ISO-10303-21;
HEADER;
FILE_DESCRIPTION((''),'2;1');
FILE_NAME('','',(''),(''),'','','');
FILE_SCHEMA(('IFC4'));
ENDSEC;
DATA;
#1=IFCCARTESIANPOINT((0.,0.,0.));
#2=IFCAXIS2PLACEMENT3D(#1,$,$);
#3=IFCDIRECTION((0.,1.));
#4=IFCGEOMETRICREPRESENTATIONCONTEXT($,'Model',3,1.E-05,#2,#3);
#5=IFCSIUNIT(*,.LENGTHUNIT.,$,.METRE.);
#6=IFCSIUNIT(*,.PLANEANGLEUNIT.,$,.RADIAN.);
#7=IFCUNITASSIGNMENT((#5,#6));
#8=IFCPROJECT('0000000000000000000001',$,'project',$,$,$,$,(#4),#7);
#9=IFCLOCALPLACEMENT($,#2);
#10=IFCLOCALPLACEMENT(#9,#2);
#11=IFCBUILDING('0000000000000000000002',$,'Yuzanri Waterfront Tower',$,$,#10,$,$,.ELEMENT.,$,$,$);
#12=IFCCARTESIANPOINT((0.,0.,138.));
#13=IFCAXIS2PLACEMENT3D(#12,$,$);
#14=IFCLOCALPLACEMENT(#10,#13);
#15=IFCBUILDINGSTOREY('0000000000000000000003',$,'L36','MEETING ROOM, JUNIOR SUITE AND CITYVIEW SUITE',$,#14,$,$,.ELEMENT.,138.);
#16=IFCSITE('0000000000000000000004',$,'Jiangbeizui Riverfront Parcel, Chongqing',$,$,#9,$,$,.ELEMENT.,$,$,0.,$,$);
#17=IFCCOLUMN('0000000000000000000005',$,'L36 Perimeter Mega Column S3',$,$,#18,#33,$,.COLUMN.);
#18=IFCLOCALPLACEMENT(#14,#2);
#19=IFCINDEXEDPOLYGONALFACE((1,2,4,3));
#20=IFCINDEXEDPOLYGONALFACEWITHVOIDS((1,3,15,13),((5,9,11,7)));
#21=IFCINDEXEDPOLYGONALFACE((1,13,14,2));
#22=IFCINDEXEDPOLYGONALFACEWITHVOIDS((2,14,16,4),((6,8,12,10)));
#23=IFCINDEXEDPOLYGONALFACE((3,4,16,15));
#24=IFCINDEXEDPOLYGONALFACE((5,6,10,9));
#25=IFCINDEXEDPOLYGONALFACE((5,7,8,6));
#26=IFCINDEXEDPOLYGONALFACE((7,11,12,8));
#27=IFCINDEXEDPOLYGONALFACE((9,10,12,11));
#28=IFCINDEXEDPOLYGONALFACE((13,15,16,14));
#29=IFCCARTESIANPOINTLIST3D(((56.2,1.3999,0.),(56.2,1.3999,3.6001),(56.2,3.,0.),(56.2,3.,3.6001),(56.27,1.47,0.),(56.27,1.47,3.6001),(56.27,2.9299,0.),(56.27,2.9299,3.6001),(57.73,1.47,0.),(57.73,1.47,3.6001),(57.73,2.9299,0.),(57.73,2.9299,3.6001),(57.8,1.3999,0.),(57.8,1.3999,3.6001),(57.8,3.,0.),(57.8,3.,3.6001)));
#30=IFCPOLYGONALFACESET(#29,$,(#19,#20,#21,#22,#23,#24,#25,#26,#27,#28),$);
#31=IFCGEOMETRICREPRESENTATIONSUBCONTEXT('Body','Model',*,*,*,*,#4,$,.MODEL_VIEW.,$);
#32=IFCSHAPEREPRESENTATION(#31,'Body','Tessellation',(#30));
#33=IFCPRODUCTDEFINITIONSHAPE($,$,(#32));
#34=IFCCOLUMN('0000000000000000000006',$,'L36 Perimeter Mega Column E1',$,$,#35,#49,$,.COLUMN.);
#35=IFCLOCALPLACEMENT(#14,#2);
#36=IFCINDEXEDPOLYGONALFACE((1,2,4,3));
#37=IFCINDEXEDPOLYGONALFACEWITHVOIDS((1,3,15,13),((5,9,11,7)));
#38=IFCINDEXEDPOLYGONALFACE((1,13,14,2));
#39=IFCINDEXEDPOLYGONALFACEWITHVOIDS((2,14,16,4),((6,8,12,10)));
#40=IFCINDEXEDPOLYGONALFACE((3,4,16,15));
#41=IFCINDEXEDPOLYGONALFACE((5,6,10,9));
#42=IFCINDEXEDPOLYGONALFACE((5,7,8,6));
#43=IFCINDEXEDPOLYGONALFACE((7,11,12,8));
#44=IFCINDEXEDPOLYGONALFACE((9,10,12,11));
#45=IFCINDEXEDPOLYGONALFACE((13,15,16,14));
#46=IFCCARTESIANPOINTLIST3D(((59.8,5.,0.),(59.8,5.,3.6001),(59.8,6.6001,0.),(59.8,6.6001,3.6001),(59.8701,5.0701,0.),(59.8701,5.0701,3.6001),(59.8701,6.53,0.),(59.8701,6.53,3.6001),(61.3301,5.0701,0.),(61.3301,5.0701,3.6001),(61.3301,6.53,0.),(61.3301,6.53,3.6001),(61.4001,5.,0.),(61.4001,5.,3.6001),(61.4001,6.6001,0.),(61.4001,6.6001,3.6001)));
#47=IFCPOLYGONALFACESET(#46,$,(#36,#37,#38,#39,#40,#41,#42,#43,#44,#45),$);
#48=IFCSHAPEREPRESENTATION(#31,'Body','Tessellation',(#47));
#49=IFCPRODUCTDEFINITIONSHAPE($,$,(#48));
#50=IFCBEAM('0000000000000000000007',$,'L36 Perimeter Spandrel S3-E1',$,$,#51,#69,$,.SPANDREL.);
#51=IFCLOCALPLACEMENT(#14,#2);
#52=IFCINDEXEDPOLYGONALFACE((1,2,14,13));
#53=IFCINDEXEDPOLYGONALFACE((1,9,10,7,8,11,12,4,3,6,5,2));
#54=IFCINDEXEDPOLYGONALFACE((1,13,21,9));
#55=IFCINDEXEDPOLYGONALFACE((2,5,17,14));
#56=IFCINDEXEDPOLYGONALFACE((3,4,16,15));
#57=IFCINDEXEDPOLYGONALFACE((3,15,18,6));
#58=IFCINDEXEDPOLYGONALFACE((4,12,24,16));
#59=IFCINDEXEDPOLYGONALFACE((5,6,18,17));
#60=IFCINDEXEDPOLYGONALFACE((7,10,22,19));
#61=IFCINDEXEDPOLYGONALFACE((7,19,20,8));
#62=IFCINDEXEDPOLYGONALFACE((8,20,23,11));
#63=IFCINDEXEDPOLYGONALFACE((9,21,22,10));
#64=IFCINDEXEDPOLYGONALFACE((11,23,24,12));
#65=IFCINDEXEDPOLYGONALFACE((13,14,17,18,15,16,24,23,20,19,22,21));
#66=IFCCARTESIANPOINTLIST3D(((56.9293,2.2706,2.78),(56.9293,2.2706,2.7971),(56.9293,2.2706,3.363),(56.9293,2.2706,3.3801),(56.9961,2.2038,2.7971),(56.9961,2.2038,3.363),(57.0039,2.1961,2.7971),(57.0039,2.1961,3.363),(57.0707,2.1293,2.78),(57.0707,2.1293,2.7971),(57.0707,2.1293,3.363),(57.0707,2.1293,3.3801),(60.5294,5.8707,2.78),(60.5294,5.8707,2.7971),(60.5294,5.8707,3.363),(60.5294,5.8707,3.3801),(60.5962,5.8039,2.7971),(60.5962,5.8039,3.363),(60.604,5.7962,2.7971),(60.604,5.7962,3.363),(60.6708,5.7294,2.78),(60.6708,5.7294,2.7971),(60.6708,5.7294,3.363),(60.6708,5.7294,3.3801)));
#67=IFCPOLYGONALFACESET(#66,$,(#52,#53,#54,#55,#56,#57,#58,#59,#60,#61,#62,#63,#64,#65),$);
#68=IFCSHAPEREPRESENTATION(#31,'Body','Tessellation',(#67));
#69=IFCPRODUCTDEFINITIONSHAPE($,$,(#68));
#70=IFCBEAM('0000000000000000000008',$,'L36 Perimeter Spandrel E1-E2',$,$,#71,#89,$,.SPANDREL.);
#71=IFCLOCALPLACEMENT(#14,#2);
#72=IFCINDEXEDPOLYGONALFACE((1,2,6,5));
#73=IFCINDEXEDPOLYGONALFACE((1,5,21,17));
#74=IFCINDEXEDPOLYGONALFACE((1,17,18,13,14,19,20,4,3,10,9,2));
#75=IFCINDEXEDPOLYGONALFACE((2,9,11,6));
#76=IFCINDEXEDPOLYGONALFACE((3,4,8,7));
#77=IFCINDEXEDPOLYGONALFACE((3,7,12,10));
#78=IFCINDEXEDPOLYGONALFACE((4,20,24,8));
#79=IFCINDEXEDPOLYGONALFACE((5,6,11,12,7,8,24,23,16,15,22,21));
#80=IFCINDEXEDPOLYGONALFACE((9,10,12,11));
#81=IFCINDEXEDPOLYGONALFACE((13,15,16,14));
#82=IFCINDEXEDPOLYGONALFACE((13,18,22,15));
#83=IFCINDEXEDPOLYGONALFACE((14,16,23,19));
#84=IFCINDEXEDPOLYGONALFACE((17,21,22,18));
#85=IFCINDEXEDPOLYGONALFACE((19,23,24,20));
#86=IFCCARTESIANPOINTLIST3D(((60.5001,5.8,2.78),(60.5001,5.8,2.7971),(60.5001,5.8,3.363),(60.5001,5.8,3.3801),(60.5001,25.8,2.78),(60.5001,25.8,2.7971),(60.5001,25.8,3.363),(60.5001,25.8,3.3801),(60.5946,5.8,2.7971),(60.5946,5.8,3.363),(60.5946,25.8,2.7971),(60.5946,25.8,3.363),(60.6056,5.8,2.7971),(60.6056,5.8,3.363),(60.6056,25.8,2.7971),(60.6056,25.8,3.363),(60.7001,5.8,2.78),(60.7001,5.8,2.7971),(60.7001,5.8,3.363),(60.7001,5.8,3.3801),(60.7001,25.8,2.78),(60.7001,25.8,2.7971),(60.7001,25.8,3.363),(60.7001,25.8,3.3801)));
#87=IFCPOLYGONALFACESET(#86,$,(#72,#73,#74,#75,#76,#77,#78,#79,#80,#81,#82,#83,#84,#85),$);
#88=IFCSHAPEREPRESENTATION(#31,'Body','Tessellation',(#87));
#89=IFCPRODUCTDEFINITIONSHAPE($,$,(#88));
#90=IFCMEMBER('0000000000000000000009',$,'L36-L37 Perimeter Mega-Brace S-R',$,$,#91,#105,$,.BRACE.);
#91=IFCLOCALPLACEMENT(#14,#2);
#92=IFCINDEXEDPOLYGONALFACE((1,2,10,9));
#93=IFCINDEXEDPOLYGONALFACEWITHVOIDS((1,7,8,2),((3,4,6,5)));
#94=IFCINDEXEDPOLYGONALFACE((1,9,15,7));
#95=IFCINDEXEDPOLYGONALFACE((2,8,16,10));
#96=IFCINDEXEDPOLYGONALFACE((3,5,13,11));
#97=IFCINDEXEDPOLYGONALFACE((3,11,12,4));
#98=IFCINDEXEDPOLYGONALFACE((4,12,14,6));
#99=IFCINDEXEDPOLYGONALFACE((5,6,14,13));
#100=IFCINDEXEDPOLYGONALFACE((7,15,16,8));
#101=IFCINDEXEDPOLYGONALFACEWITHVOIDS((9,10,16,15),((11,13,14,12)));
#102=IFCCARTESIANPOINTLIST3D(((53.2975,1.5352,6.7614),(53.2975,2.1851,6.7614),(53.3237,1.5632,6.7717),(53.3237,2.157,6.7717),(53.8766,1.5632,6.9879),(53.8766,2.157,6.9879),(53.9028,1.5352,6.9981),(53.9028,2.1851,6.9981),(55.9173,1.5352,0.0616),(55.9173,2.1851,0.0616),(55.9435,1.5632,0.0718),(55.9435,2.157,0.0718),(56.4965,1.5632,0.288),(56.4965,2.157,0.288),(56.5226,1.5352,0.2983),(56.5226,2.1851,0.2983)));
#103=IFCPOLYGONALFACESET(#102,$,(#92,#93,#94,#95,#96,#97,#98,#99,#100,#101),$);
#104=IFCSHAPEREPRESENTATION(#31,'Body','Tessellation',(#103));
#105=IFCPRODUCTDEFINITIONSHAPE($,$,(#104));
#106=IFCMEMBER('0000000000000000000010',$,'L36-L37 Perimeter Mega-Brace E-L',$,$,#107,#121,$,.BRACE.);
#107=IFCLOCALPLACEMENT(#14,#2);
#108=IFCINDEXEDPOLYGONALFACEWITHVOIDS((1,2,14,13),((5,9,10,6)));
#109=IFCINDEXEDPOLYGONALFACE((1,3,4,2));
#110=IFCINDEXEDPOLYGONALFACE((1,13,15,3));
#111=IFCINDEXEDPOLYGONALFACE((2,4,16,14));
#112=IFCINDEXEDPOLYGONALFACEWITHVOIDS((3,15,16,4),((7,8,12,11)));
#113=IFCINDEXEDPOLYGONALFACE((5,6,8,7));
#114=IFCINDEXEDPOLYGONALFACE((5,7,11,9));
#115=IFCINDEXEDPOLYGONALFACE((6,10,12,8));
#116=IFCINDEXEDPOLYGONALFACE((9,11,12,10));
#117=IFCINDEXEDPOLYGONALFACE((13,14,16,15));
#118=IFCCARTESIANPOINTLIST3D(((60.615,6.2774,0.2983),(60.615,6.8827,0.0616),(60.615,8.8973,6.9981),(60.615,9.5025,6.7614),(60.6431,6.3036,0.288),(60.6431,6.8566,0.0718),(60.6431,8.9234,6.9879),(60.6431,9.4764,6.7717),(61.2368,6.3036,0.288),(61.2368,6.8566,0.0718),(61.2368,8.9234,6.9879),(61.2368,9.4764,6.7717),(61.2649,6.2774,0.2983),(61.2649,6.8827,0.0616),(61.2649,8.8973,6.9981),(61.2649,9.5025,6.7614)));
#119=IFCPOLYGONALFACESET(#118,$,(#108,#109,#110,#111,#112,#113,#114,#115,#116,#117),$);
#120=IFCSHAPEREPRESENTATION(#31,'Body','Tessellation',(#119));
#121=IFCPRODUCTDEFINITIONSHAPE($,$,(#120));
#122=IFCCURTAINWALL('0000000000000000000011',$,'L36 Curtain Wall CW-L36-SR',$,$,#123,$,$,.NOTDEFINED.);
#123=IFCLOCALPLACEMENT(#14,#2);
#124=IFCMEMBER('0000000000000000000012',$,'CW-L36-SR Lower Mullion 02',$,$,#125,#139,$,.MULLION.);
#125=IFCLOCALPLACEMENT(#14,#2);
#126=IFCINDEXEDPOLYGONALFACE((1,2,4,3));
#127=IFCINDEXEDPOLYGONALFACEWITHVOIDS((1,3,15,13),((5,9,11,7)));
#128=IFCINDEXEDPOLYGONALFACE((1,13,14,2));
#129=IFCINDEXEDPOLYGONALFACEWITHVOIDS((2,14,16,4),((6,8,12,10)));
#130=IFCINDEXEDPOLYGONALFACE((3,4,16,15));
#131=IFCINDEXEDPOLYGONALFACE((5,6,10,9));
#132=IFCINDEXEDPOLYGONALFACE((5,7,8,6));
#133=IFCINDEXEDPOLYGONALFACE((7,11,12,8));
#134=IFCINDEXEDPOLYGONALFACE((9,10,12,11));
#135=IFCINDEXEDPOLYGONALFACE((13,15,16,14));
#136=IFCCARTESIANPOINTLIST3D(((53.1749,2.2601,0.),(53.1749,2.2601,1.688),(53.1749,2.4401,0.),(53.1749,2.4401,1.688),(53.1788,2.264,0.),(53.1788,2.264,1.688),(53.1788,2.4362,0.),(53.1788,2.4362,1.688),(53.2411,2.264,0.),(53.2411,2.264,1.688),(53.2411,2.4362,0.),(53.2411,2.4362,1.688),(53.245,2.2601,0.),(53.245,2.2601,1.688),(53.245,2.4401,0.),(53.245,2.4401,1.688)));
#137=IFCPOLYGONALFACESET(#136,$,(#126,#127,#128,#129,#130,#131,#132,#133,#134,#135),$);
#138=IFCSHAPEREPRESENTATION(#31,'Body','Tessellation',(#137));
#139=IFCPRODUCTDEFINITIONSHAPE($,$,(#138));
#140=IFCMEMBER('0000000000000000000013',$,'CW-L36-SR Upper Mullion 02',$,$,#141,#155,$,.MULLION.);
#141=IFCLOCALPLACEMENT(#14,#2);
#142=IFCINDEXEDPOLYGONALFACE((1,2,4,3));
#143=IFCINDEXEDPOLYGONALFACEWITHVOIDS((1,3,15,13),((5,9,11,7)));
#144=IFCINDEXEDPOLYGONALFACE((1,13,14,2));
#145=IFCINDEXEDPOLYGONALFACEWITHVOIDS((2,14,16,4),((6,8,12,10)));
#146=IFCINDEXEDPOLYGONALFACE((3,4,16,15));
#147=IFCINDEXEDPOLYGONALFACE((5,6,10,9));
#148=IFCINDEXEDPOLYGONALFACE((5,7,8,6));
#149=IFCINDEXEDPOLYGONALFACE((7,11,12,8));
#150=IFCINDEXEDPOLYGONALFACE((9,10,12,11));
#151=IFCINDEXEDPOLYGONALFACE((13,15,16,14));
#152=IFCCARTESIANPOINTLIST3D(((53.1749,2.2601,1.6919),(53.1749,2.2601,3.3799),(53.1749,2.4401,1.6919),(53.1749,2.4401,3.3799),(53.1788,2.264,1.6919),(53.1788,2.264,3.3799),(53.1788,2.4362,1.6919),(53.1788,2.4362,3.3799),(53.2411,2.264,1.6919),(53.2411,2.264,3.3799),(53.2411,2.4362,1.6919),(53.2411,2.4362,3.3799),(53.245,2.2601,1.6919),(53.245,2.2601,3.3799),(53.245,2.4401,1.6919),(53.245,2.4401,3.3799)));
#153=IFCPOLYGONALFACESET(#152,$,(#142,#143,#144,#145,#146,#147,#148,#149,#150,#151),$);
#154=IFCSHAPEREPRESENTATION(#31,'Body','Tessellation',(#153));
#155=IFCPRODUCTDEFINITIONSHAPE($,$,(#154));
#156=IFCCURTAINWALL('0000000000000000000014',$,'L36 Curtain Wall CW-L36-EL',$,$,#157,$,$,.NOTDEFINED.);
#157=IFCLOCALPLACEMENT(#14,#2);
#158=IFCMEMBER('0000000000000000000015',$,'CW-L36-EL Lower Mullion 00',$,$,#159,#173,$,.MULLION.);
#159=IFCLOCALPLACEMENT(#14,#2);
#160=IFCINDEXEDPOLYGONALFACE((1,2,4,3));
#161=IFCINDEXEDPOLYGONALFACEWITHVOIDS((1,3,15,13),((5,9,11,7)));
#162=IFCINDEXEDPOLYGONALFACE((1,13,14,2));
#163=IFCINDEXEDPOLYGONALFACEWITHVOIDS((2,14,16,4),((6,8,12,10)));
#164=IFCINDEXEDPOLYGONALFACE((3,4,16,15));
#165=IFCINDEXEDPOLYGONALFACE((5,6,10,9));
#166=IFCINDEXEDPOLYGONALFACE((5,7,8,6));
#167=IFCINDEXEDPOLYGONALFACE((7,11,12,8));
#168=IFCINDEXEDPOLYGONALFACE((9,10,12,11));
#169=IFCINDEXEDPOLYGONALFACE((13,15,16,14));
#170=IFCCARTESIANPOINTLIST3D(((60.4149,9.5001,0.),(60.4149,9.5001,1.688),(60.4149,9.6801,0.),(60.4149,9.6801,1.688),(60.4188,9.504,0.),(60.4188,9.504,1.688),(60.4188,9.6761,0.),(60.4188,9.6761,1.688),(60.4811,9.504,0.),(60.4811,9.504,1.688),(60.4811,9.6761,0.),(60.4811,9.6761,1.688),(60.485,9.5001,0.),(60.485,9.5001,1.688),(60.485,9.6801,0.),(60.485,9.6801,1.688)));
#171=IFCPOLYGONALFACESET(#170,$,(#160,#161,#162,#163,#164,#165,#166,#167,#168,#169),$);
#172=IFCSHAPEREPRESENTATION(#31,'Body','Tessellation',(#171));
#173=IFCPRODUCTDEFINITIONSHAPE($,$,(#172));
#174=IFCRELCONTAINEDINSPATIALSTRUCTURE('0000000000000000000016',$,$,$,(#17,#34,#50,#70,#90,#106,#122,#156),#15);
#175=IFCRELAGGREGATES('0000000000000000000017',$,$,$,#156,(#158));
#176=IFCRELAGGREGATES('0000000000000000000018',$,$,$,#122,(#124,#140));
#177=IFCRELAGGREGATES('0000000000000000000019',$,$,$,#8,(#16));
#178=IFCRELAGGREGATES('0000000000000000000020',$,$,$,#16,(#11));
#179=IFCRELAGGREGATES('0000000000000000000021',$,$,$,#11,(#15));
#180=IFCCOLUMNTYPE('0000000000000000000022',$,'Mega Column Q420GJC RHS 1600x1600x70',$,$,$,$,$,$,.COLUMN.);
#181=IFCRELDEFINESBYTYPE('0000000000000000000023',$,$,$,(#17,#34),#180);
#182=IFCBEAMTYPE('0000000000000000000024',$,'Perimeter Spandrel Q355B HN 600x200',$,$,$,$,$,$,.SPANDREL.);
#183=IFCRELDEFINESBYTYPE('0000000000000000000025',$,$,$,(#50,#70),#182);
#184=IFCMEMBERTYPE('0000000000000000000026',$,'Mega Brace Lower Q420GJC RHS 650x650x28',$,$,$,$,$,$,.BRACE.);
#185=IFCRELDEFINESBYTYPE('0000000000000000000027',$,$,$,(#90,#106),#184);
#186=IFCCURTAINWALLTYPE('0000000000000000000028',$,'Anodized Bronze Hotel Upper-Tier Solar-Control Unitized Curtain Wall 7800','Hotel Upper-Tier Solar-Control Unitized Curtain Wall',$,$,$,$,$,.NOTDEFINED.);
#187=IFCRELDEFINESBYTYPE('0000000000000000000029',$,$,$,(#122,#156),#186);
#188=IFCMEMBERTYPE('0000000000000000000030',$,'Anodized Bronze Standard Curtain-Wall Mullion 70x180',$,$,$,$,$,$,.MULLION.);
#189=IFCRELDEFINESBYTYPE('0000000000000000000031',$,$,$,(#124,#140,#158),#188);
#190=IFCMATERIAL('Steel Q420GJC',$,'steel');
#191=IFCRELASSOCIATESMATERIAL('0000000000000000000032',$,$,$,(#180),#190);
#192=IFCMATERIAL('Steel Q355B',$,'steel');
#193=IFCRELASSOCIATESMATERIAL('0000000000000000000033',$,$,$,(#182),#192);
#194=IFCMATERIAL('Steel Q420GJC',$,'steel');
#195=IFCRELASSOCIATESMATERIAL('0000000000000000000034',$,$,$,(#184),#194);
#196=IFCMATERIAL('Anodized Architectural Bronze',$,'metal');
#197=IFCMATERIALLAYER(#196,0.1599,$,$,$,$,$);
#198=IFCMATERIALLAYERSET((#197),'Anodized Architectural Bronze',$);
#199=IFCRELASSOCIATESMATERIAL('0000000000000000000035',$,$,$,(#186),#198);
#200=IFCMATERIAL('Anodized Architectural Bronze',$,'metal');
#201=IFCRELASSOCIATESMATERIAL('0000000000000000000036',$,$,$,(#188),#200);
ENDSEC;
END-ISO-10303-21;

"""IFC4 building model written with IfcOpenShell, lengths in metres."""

from ifc_helpers import new_model, si_unit, direction, frame, origin, origin_2d, place, context, subcontext, project, spatial, hollow_rectangle, i_section, extrude, source, transform, mapped, material, layer, layer_set, material_profile, profile_set, type_object, element, aggregate, save


model = new_model("IFC4")

# Units and contexts
model_context = context("Model", 3, precision=1e-05, world=origin(), true_north=direction((0.0, 1.0)))
body_context = subcontext(model_context, "Body", "Model", "MODEL_VIEW")
ifc_project = project(units=[si_unit("LENGTHUNIT", "METRE"), si_unit("PLANEANGLEUNIT", "RADIAN")], contexts=[model_context])

# Site, building, storey
site_placement = place(None, origin())
site = spatial("IfcSite", under=ifc_project, at=site_placement, Name="Jiangbeizui Riverfront Parcel, Chongqing", CompositionType="ELEMENT", RefElevation=0.0)
building_placement = place(site_placement, origin())
building = spatial("IfcBuilding", under=site, at=building_placement, Name="Yuzanri Waterfront Tower", CompositionType="ELEMENT")
storey_placement = place(building_placement, frame((0.0, 0.0, 138.0)))
storey = spatial("IfcBuildingStorey", under=building, at=storey_placement, Name="L36", Description="MEETING ROOM, JUNIOR SUITE AND CITYVIEW SUITE", CompositionType="ELEMENT", Elevation=138.0)

# Columns
ifc_material_1 = material(Name="Steel Q420GJC", Category="steel")
ifc_material_profile_1 = material_profile(ifc_material_1, hollow_rectangle(XDim=1.6001, YDim=1.6001, WallThickness=0.0701, at=origin_2d()), Name="RHS 1600x1600x70")
ifc_profile_set_1 = profile_set([ifc_material_profile_1], Name="Steel Q420GJC")
column_type = type_object("IfcColumnType", Name="Mega Column Q420GJC RHS 1600x1600x70", PredefinedType="COLUMN", material=ifc_profile_set_1)
shared_shape_1 = source(origin(), body_context, "Body", "SweptSolid", [
    extrude(hollow_rectangle(XDim=1.6001, YDim=1.6001, WallThickness=0.0701, at=origin_2d()), origin(), (0.0, 0.0, 1.0), 3.6001),
])
for number, where, z_axis, x_axis, name in (
    (1, (57.0, 2.2, 0.0), (0.0, 0.0, 1.0), (1.0, 0.0, 0.0), "L36 Perimeter Mega Column S3"),
    (2, (60.6001, 5.8, 0.0), (0.0, 0.0, 1.0), (1.0, 0.0, 0.0), "L36 Perimeter Mega Column E1"),
):
    element("IfcColumn", number, at=place(storey_placement, frame(where, z_axis=z_axis, x_axis=x_axis)), inside=storey, type_object=column_type, Name=name, PredefinedType="COLUMN", context=body_context, shape_type="MappedRepresentation", body=[
        mapped(shared_shape_1, transform((0.0, 0.0, 0.0), scale=1.0)),
    ])

# Beams
ifc_material_2 = material(Name="Steel Q355B", Category="steel")
ifc_material_profile_2 = material_profile(ifc_material_2, i_section(OverallWidth=0.2, OverallDepth=0.6001, WebThickness=0.011, FlangeThickness=0.0171, at=origin_2d()), Name="HN 600x200x11x17")
ifc_profile_set_2 = profile_set([ifc_material_profile_2], Name="Steel Q355B")
beam_type = type_object("IfcBeamType", Name="Perimeter Spandrel Q355B HN 600x200", PredefinedType="SPANDREL", material=ifc_profile_set_2)
shared_shape_2 = source(origin(), body_context, "Body", "SweptSolid", [
    extrude(i_section(OverallWidth=0.2, OverallDepth=0.6001, WebThickness=0.011, FlangeThickness=0.0171, at=origin_2d()), origin(), (0.0, 0.0, 1.0), 5.0913),
])
beam_1_placement = place(storey_placement, frame((57.0, 2.2, 3.0801), z_axis=(0.707107, 0.707107, 0.0), x_axis=(-0.707107, 0.707107, 0.0)))
element("IfcBeam", 3, at=beam_1_placement, inside=storey, type_object=beam_type, Name="L36 Perimeter Spandrel S3-E1", PredefinedType="SPANDREL", context=body_context, shape_type="MappedRepresentation", body=[
    mapped(shared_shape_2, transform((0.0, 0.0, 0.0), scale=1.0)),
])
shared_shape_3 = source(origin(), body_context, "Body", "SweptSolid", [
    extrude(i_section(OverallWidth=0.2, OverallDepth=0.6001, WebThickness=0.011, FlangeThickness=0.0171, at=origin_2d()), origin(), (0.0, 0.0, 1.0), 20.0),
])
beam_2_placement = place(storey_placement, frame((60.6001, 5.8, 3.0801), z_axis=(0.0, 1.0, 0.0), x_axis=(-1.0, 0.0, 0.0)))
element("IfcBeam", 4, at=beam_2_placement, inside=storey, type_object=beam_type, Name="L36 Perimeter Spandrel E1-E2", PredefinedType="SPANDREL", context=body_context, shape_type="MappedRepresentation", body=[
    mapped(shared_shape_3, transform((0.0, 0.0, 0.0), scale=1.0)),
])

# Members
ifc_material_3 = material(Name="Steel Q420GJC", Category="steel")
ifc_material_profile_3 = material_profile(ifc_material_3, hollow_rectangle(XDim=0.6499, YDim=0.6499, WallThickness=0.0281, at=origin_2d()), Name="RHS 650x650x28")
ifc_profile_set_3 = profile_set([ifc_material_profile_3], Name="Steel Q420GJC")
member_type_1 = type_object("IfcMemberType", Name="Mega Brace Lower Q420GJC RHS 650x650x28", PredefinedType="BRACE", material=ifc_profile_set_3)
shared_shape_4 = source(origin(), body_context, "Body", "SweptSolid", [
    extrude(hollow_rectangle(XDim=0.6499, YDim=0.6499, WallThickness=0.0281, at=origin_2d()), origin(), (0.0, 0.0, 1.0), 7.1938),
])
for number, where, z_axis, x_axis, name in (
    (5, (56.22, 1.8601, 0.1799), (-0.364177, 0.0, 0.93133), (0.0, -1.0, 0.0), "L36-L37 Perimeter Mega-Brace S-R"),
    (6, (60.9399, 6.5801, 0.1799), (0.0, 0.364177, 0.93133), (-1.0, 0.0, 0.0), "L36-L37 Perimeter Mega-Brace E-L"),
):
    element("IfcMember", number, at=place(storey_placement, frame(where, z_axis=z_axis, x_axis=x_axis)), inside=storey, type_object=member_type_1, Name=name, PredefinedType="BRACE", context=body_context, shape_type="MappedRepresentation", body=[
        mapped(shared_shape_4, transform((0.0, 0.0, 0.0), scale=1.0)),
    ])

# Curtain walls, members
ifc_material_4 = material(Name="Anodized Architectural Bronze", Category="metal")
ifc_layer_1 = layer(ifc_material_4, 0.1599)
ifc_layer_set_1 = layer_set([ifc_layer_1], Name="Anodized Architectural Bronze")
curtain_wall_type = type_object("IfcCurtainWallType", Name="Anodized Bronze Hotel Upper-Tier Solar-Control Unitized Curtain Wall 7800", Description="Hotel Upper-Tier Solar-Control Unitized Curtain Wall", PredefinedType="NOTDEFINED", material=ifc_layer_set_1)
curtain_wall_1_placement = place(storey_placement, origin())
curtain_wall_1 = element("IfcCurtainWall", 7, at=curtain_wall_1_placement, inside=storey, type_object=curtain_wall_type, Name="L36 Curtain Wall CW-L36-SR", PredefinedType="NOTDEFINED")
ifc_material_5 = material(Name="Anodized Architectural Bronze", Category="metal")
ifc_material_profile_4 = material_profile(ifc_material_5, hollow_rectangle(XDim=0.0701, YDim=0.1799, WallThickness=0.0039, at=origin_2d()), Name="CWM 70x180")
ifc_profile_set_4 = profile_set([ifc_material_profile_4], Name="Anodized Architectural Bronze")
member_type_2 = type_object("IfcMemberType", Name="Anodized Bronze Standard Curtain-Wall Mullion 70x180", PredefinedType="MULLION", material=ifc_profile_set_4)
shared_shape_5 = source(origin(), body_context, "Body", "SweptSolid", [
    extrude(hollow_rectangle(XDim=0.0701, YDim=0.1799, WallThickness=0.0039, at=origin_2d()), origin(), (0.0, 0.0, 1.0), 1.688),
])
member_1_placement = place(storey_placement, frame((53.21, 2.3501, 0.0), z_axis=(0.0, 0.0, 1.0), x_axis=(1.0, 0.0, 0.0)))
member_1 = element("IfcMember", 8, at=member_1_placement, type_object=member_type_2, Name="CW-L36-SR Lower Mullion 02", PredefinedType="MULLION", context=body_context, shape_type="MappedRepresentation", body=[
    mapped(shared_shape_5, transform((0.0, 0.0, 0.0), scale=1.0)),
])
member_2_placement = place(storey_placement, frame((53.21, 2.3501, 1.6919), z_axis=(0.0, 0.0, 1.0), x_axis=(1.0, 0.0, 0.0)))
member_2 = element("IfcMember", 9, at=member_2_placement, type_object=member_type_2, Name="CW-L36-SR Upper Mullion 02", PredefinedType="MULLION", context=body_context, shape_type="MappedRepresentation", body=[
    mapped(shared_shape_5, transform((0.0, 0.0, 0.0), scale=1.0)),
])
curtain_wall_2_placement = place(storey_placement, origin())
curtain_wall_2 = element("IfcCurtainWall", 10, at=curtain_wall_2_placement, inside=storey, type_object=curtain_wall_type, Name="L36 Curtain Wall CW-L36-EL", PredefinedType="NOTDEFINED")
member_3_placement = place(storey_placement, frame((60.45, 9.5901, 0.0), z_axis=(0.0, 0.0, 1.0), x_axis=(1.0, 0.0, 0.0)))
member_3 = element("IfcMember", 11, at=member_3_placement, type_object=member_type_2, Name="CW-L36-EL Lower Mullion 00", PredefinedType="MULLION", context=body_context, shape_type="MappedRepresentation", body=[
    mapped(shared_shape_5, transform((0.0, 0.0, 0.0), scale=1.0)),
])
aggregate(curtain_wall_2, [member_3])

aggregate(curtain_wall_1, [member_1, member_2])

save(model, "model.ifc")
